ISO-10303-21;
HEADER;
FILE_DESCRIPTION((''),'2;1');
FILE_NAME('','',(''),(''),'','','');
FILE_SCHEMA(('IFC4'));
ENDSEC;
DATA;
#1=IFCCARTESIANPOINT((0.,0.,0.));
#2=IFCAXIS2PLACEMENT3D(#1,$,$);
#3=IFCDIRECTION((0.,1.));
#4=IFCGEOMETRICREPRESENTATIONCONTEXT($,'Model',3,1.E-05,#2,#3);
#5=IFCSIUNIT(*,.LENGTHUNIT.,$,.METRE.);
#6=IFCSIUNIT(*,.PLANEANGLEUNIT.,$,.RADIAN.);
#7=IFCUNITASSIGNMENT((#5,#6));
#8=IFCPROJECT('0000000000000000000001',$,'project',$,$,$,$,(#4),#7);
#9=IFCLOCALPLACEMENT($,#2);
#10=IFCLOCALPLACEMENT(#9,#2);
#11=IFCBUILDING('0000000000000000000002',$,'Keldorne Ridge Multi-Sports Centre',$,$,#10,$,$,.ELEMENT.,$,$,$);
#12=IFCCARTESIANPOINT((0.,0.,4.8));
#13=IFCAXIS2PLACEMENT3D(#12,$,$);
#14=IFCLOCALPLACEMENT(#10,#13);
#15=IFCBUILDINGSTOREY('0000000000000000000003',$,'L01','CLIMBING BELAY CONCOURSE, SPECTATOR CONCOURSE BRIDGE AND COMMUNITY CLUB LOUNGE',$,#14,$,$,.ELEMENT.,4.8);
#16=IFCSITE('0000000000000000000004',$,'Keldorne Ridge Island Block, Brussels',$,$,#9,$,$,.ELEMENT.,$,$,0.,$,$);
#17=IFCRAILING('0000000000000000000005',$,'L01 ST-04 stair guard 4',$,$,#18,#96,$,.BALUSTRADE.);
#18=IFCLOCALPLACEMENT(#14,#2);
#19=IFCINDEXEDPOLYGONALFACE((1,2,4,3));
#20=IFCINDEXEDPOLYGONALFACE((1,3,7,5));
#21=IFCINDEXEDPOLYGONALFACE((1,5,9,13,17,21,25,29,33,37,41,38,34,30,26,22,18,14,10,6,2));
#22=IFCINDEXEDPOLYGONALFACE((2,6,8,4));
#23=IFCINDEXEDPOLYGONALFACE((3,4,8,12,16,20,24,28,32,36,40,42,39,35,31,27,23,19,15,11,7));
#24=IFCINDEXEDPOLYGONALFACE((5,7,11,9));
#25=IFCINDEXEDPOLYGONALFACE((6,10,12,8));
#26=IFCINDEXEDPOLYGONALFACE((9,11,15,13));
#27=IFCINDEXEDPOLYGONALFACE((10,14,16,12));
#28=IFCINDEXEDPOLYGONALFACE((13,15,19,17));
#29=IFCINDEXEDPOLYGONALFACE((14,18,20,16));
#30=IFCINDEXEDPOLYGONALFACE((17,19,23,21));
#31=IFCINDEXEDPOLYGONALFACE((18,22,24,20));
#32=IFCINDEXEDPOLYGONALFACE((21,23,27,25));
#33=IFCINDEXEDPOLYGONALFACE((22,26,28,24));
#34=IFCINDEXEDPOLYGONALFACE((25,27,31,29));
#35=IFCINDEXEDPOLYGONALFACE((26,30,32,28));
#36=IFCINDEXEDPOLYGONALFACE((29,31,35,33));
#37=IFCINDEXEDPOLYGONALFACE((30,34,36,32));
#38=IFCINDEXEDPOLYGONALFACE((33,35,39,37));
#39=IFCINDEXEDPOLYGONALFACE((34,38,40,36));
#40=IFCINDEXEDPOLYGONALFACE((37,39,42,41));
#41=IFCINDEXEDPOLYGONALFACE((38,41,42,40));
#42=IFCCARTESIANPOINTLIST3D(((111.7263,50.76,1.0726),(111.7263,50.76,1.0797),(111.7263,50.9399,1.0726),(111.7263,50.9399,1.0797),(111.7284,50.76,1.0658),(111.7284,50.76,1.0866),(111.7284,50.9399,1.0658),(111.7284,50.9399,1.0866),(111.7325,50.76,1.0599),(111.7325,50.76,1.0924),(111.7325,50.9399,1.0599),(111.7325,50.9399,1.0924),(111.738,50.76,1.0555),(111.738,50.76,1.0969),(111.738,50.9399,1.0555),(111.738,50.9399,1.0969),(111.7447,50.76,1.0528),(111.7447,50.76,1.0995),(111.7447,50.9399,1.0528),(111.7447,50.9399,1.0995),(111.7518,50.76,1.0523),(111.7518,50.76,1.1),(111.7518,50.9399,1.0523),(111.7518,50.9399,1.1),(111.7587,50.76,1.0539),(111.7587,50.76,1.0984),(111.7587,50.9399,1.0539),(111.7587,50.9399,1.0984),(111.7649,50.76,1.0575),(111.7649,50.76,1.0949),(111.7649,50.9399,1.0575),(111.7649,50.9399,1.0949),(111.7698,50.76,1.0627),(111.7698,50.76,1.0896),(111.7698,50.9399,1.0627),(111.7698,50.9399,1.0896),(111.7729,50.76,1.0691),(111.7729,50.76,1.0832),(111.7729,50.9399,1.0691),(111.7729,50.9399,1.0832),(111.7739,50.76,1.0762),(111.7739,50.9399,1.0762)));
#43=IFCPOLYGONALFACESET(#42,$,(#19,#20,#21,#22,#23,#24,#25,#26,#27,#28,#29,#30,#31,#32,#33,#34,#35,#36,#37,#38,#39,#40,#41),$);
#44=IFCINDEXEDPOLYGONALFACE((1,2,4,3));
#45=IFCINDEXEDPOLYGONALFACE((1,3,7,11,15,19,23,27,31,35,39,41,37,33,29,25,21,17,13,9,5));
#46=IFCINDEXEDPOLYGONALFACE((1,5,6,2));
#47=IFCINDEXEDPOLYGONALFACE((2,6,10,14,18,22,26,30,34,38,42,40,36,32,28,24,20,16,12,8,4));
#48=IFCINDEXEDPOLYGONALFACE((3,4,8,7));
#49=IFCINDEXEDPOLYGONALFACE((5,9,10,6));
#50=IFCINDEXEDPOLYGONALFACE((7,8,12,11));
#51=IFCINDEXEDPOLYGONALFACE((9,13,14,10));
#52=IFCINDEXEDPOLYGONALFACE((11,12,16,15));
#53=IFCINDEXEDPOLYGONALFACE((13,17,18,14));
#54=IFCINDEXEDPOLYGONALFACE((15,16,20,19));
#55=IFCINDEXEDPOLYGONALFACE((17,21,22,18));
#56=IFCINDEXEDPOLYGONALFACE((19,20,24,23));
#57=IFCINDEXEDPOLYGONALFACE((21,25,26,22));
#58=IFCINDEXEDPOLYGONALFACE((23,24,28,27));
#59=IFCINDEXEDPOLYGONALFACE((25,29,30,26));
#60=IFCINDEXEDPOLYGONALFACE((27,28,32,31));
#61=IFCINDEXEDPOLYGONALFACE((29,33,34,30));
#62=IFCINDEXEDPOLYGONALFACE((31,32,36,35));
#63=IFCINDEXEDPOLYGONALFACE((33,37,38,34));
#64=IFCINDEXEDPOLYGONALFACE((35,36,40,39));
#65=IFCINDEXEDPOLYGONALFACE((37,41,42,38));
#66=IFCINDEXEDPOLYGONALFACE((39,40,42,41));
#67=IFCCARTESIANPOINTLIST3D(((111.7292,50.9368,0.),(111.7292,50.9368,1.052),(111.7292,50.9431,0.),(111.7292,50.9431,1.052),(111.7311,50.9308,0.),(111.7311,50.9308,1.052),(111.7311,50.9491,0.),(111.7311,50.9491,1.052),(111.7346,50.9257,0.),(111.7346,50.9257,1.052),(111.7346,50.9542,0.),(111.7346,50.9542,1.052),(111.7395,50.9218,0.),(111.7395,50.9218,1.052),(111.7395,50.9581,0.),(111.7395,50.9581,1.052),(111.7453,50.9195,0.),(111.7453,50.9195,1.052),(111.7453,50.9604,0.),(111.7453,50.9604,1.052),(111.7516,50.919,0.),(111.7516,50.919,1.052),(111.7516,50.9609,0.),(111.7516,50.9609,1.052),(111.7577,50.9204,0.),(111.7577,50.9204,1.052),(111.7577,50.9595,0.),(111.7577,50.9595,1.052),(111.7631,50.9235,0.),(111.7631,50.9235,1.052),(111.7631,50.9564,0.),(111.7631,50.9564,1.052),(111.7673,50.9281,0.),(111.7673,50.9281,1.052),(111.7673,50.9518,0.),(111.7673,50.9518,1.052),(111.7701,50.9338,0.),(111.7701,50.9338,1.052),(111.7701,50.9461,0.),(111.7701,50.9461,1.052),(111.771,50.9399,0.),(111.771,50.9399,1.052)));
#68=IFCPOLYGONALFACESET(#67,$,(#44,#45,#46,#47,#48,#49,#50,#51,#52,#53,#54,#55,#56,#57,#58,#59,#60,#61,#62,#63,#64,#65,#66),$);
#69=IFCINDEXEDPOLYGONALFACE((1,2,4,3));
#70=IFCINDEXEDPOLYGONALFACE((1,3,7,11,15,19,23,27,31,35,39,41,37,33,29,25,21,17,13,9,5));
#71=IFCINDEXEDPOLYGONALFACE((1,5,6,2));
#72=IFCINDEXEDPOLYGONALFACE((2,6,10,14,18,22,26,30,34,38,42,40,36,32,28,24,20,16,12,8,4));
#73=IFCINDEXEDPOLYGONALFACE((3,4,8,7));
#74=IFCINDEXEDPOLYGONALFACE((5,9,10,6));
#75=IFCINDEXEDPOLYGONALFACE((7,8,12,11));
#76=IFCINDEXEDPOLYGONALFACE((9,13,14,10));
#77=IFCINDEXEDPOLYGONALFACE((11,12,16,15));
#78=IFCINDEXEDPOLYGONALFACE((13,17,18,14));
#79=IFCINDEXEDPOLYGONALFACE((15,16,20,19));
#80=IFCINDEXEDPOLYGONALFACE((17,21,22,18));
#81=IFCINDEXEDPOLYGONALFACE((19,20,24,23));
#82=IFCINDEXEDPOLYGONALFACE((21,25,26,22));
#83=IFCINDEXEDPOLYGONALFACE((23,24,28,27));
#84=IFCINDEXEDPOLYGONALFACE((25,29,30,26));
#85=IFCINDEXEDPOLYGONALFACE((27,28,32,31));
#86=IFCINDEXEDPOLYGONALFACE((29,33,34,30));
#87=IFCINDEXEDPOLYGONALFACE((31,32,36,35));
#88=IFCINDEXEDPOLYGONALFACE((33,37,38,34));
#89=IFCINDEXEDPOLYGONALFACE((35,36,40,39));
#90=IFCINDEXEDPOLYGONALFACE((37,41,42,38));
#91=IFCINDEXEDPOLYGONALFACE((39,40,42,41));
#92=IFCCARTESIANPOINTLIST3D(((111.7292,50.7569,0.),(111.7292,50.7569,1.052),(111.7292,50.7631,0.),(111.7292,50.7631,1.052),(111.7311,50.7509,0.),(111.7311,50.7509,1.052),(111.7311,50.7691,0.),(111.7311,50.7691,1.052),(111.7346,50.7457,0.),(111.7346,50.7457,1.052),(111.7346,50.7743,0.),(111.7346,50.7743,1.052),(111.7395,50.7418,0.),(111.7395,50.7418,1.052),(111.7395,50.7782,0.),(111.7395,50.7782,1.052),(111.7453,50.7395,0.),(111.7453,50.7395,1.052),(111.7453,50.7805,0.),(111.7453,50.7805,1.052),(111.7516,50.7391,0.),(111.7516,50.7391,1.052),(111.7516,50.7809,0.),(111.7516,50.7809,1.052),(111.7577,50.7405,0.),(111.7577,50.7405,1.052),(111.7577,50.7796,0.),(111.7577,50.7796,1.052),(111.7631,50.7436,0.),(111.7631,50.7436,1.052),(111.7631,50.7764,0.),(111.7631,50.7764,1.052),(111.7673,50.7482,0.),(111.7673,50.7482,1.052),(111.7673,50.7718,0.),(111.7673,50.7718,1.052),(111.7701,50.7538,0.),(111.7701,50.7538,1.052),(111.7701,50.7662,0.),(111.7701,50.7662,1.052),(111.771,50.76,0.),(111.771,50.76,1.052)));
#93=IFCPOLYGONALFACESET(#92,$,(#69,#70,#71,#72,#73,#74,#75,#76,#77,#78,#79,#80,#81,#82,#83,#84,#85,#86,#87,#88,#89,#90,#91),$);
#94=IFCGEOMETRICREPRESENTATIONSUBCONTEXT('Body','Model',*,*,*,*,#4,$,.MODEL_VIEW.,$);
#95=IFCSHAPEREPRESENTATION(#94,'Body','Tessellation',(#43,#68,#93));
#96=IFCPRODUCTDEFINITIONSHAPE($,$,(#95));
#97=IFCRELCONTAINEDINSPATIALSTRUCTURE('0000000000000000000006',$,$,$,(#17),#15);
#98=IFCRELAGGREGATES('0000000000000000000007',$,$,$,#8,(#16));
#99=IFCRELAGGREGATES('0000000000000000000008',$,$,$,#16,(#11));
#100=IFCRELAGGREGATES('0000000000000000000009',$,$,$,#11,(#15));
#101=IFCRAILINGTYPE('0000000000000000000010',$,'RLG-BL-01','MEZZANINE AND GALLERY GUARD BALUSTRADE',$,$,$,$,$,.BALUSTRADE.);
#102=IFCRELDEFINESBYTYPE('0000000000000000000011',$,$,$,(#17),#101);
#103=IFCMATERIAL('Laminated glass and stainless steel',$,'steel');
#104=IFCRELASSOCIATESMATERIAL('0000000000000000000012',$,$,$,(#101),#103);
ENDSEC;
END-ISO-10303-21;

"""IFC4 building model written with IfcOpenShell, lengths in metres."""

from ifc_helpers import new_model, si_unit, direction, frame, origin, origin_2d, place, context, subcontext, project, spatial, circle, extrude, material, type_object, element, save


model = new_model("IFC4")

# Units and contexts
model_context = context("Model", 3, precision=1e-05, world=origin(), true_north=direction((0.0, 1.0)))
body_context = subcontext(model_context, "Body", "Model", "MODEL_VIEW")
ifc_project = project(units=[si_unit("LENGTHUNIT", "METRE"), si_unit("PLANEANGLEUNIT", "RADIAN")], contexts=[model_context])

# Site, building, storey
site_placement = place(None, origin())
site = spatial("IfcSite", under=ifc_project, at=site_placement, Name="Keldorne Ridge Island Block, Brussels", CompositionType="ELEMENT", RefElevation=0.0)
building_placement = place(site_placement, origin())
building = spatial("IfcBuilding", under=site, at=building_placement, Name="Keldorne Ridge Multi-Sports Centre", CompositionType="ELEMENT")
storey_placement = place(building_placement, frame((0.0, 0.0, 4.8)))
storey = spatial("IfcBuildingStorey", under=building, at=storey_placement, Name="L01", Description="CLIMBING BELAY CONCOURSE, SPECTATOR CONCOURSE BRIDGE AND COMMUNITY CLUB LOUNGE", CompositionType="ELEMENT", Elevation=4.8)

# Railing
ifc_material_1 = material(Name="Laminated glass and stainless steel", Category="steel")
railing_type_1 = type_object("IfcRailingType", Name="RLG-BL-01", Description="MEZZANINE AND GALLERY GUARD BALUSTRADE", PredefinedType="BALUSTRADE", material=ifc_material_1)
railing_1_placement = place(storey_placement, frame((111.75, 50.9399, 0.0)))
element("IfcRailing", 1, at=railing_1_placement, inside=storey, type_object=railing_type_1, Name="L01 ST-04 stair guard 4", PredefinedType="BALUSTRADE", context=body_context, shape_type="SweptSolid", body=[
    extrude(circle(Radius=0.0239, at=origin_2d()), frame((0.0, 0.0, 1.0762), z_axis=(0.0, -1.0, 0.0), x_axis=(1.0, 0.0, 0.0)), (0.0, 0.0, 1.0), 0.1799),
    extrude(circle(Radius=0.021, at=origin_2d()), origin(), (0.0, 0.0, 1.0), 1.052),
    extrude(circle(Radius=0.021, at=origin_2d()), frame((0.0, -0.1799, 0.0)), (0.0, 0.0, 1.0), 1.052),
])

save(model, "model.ifc")
